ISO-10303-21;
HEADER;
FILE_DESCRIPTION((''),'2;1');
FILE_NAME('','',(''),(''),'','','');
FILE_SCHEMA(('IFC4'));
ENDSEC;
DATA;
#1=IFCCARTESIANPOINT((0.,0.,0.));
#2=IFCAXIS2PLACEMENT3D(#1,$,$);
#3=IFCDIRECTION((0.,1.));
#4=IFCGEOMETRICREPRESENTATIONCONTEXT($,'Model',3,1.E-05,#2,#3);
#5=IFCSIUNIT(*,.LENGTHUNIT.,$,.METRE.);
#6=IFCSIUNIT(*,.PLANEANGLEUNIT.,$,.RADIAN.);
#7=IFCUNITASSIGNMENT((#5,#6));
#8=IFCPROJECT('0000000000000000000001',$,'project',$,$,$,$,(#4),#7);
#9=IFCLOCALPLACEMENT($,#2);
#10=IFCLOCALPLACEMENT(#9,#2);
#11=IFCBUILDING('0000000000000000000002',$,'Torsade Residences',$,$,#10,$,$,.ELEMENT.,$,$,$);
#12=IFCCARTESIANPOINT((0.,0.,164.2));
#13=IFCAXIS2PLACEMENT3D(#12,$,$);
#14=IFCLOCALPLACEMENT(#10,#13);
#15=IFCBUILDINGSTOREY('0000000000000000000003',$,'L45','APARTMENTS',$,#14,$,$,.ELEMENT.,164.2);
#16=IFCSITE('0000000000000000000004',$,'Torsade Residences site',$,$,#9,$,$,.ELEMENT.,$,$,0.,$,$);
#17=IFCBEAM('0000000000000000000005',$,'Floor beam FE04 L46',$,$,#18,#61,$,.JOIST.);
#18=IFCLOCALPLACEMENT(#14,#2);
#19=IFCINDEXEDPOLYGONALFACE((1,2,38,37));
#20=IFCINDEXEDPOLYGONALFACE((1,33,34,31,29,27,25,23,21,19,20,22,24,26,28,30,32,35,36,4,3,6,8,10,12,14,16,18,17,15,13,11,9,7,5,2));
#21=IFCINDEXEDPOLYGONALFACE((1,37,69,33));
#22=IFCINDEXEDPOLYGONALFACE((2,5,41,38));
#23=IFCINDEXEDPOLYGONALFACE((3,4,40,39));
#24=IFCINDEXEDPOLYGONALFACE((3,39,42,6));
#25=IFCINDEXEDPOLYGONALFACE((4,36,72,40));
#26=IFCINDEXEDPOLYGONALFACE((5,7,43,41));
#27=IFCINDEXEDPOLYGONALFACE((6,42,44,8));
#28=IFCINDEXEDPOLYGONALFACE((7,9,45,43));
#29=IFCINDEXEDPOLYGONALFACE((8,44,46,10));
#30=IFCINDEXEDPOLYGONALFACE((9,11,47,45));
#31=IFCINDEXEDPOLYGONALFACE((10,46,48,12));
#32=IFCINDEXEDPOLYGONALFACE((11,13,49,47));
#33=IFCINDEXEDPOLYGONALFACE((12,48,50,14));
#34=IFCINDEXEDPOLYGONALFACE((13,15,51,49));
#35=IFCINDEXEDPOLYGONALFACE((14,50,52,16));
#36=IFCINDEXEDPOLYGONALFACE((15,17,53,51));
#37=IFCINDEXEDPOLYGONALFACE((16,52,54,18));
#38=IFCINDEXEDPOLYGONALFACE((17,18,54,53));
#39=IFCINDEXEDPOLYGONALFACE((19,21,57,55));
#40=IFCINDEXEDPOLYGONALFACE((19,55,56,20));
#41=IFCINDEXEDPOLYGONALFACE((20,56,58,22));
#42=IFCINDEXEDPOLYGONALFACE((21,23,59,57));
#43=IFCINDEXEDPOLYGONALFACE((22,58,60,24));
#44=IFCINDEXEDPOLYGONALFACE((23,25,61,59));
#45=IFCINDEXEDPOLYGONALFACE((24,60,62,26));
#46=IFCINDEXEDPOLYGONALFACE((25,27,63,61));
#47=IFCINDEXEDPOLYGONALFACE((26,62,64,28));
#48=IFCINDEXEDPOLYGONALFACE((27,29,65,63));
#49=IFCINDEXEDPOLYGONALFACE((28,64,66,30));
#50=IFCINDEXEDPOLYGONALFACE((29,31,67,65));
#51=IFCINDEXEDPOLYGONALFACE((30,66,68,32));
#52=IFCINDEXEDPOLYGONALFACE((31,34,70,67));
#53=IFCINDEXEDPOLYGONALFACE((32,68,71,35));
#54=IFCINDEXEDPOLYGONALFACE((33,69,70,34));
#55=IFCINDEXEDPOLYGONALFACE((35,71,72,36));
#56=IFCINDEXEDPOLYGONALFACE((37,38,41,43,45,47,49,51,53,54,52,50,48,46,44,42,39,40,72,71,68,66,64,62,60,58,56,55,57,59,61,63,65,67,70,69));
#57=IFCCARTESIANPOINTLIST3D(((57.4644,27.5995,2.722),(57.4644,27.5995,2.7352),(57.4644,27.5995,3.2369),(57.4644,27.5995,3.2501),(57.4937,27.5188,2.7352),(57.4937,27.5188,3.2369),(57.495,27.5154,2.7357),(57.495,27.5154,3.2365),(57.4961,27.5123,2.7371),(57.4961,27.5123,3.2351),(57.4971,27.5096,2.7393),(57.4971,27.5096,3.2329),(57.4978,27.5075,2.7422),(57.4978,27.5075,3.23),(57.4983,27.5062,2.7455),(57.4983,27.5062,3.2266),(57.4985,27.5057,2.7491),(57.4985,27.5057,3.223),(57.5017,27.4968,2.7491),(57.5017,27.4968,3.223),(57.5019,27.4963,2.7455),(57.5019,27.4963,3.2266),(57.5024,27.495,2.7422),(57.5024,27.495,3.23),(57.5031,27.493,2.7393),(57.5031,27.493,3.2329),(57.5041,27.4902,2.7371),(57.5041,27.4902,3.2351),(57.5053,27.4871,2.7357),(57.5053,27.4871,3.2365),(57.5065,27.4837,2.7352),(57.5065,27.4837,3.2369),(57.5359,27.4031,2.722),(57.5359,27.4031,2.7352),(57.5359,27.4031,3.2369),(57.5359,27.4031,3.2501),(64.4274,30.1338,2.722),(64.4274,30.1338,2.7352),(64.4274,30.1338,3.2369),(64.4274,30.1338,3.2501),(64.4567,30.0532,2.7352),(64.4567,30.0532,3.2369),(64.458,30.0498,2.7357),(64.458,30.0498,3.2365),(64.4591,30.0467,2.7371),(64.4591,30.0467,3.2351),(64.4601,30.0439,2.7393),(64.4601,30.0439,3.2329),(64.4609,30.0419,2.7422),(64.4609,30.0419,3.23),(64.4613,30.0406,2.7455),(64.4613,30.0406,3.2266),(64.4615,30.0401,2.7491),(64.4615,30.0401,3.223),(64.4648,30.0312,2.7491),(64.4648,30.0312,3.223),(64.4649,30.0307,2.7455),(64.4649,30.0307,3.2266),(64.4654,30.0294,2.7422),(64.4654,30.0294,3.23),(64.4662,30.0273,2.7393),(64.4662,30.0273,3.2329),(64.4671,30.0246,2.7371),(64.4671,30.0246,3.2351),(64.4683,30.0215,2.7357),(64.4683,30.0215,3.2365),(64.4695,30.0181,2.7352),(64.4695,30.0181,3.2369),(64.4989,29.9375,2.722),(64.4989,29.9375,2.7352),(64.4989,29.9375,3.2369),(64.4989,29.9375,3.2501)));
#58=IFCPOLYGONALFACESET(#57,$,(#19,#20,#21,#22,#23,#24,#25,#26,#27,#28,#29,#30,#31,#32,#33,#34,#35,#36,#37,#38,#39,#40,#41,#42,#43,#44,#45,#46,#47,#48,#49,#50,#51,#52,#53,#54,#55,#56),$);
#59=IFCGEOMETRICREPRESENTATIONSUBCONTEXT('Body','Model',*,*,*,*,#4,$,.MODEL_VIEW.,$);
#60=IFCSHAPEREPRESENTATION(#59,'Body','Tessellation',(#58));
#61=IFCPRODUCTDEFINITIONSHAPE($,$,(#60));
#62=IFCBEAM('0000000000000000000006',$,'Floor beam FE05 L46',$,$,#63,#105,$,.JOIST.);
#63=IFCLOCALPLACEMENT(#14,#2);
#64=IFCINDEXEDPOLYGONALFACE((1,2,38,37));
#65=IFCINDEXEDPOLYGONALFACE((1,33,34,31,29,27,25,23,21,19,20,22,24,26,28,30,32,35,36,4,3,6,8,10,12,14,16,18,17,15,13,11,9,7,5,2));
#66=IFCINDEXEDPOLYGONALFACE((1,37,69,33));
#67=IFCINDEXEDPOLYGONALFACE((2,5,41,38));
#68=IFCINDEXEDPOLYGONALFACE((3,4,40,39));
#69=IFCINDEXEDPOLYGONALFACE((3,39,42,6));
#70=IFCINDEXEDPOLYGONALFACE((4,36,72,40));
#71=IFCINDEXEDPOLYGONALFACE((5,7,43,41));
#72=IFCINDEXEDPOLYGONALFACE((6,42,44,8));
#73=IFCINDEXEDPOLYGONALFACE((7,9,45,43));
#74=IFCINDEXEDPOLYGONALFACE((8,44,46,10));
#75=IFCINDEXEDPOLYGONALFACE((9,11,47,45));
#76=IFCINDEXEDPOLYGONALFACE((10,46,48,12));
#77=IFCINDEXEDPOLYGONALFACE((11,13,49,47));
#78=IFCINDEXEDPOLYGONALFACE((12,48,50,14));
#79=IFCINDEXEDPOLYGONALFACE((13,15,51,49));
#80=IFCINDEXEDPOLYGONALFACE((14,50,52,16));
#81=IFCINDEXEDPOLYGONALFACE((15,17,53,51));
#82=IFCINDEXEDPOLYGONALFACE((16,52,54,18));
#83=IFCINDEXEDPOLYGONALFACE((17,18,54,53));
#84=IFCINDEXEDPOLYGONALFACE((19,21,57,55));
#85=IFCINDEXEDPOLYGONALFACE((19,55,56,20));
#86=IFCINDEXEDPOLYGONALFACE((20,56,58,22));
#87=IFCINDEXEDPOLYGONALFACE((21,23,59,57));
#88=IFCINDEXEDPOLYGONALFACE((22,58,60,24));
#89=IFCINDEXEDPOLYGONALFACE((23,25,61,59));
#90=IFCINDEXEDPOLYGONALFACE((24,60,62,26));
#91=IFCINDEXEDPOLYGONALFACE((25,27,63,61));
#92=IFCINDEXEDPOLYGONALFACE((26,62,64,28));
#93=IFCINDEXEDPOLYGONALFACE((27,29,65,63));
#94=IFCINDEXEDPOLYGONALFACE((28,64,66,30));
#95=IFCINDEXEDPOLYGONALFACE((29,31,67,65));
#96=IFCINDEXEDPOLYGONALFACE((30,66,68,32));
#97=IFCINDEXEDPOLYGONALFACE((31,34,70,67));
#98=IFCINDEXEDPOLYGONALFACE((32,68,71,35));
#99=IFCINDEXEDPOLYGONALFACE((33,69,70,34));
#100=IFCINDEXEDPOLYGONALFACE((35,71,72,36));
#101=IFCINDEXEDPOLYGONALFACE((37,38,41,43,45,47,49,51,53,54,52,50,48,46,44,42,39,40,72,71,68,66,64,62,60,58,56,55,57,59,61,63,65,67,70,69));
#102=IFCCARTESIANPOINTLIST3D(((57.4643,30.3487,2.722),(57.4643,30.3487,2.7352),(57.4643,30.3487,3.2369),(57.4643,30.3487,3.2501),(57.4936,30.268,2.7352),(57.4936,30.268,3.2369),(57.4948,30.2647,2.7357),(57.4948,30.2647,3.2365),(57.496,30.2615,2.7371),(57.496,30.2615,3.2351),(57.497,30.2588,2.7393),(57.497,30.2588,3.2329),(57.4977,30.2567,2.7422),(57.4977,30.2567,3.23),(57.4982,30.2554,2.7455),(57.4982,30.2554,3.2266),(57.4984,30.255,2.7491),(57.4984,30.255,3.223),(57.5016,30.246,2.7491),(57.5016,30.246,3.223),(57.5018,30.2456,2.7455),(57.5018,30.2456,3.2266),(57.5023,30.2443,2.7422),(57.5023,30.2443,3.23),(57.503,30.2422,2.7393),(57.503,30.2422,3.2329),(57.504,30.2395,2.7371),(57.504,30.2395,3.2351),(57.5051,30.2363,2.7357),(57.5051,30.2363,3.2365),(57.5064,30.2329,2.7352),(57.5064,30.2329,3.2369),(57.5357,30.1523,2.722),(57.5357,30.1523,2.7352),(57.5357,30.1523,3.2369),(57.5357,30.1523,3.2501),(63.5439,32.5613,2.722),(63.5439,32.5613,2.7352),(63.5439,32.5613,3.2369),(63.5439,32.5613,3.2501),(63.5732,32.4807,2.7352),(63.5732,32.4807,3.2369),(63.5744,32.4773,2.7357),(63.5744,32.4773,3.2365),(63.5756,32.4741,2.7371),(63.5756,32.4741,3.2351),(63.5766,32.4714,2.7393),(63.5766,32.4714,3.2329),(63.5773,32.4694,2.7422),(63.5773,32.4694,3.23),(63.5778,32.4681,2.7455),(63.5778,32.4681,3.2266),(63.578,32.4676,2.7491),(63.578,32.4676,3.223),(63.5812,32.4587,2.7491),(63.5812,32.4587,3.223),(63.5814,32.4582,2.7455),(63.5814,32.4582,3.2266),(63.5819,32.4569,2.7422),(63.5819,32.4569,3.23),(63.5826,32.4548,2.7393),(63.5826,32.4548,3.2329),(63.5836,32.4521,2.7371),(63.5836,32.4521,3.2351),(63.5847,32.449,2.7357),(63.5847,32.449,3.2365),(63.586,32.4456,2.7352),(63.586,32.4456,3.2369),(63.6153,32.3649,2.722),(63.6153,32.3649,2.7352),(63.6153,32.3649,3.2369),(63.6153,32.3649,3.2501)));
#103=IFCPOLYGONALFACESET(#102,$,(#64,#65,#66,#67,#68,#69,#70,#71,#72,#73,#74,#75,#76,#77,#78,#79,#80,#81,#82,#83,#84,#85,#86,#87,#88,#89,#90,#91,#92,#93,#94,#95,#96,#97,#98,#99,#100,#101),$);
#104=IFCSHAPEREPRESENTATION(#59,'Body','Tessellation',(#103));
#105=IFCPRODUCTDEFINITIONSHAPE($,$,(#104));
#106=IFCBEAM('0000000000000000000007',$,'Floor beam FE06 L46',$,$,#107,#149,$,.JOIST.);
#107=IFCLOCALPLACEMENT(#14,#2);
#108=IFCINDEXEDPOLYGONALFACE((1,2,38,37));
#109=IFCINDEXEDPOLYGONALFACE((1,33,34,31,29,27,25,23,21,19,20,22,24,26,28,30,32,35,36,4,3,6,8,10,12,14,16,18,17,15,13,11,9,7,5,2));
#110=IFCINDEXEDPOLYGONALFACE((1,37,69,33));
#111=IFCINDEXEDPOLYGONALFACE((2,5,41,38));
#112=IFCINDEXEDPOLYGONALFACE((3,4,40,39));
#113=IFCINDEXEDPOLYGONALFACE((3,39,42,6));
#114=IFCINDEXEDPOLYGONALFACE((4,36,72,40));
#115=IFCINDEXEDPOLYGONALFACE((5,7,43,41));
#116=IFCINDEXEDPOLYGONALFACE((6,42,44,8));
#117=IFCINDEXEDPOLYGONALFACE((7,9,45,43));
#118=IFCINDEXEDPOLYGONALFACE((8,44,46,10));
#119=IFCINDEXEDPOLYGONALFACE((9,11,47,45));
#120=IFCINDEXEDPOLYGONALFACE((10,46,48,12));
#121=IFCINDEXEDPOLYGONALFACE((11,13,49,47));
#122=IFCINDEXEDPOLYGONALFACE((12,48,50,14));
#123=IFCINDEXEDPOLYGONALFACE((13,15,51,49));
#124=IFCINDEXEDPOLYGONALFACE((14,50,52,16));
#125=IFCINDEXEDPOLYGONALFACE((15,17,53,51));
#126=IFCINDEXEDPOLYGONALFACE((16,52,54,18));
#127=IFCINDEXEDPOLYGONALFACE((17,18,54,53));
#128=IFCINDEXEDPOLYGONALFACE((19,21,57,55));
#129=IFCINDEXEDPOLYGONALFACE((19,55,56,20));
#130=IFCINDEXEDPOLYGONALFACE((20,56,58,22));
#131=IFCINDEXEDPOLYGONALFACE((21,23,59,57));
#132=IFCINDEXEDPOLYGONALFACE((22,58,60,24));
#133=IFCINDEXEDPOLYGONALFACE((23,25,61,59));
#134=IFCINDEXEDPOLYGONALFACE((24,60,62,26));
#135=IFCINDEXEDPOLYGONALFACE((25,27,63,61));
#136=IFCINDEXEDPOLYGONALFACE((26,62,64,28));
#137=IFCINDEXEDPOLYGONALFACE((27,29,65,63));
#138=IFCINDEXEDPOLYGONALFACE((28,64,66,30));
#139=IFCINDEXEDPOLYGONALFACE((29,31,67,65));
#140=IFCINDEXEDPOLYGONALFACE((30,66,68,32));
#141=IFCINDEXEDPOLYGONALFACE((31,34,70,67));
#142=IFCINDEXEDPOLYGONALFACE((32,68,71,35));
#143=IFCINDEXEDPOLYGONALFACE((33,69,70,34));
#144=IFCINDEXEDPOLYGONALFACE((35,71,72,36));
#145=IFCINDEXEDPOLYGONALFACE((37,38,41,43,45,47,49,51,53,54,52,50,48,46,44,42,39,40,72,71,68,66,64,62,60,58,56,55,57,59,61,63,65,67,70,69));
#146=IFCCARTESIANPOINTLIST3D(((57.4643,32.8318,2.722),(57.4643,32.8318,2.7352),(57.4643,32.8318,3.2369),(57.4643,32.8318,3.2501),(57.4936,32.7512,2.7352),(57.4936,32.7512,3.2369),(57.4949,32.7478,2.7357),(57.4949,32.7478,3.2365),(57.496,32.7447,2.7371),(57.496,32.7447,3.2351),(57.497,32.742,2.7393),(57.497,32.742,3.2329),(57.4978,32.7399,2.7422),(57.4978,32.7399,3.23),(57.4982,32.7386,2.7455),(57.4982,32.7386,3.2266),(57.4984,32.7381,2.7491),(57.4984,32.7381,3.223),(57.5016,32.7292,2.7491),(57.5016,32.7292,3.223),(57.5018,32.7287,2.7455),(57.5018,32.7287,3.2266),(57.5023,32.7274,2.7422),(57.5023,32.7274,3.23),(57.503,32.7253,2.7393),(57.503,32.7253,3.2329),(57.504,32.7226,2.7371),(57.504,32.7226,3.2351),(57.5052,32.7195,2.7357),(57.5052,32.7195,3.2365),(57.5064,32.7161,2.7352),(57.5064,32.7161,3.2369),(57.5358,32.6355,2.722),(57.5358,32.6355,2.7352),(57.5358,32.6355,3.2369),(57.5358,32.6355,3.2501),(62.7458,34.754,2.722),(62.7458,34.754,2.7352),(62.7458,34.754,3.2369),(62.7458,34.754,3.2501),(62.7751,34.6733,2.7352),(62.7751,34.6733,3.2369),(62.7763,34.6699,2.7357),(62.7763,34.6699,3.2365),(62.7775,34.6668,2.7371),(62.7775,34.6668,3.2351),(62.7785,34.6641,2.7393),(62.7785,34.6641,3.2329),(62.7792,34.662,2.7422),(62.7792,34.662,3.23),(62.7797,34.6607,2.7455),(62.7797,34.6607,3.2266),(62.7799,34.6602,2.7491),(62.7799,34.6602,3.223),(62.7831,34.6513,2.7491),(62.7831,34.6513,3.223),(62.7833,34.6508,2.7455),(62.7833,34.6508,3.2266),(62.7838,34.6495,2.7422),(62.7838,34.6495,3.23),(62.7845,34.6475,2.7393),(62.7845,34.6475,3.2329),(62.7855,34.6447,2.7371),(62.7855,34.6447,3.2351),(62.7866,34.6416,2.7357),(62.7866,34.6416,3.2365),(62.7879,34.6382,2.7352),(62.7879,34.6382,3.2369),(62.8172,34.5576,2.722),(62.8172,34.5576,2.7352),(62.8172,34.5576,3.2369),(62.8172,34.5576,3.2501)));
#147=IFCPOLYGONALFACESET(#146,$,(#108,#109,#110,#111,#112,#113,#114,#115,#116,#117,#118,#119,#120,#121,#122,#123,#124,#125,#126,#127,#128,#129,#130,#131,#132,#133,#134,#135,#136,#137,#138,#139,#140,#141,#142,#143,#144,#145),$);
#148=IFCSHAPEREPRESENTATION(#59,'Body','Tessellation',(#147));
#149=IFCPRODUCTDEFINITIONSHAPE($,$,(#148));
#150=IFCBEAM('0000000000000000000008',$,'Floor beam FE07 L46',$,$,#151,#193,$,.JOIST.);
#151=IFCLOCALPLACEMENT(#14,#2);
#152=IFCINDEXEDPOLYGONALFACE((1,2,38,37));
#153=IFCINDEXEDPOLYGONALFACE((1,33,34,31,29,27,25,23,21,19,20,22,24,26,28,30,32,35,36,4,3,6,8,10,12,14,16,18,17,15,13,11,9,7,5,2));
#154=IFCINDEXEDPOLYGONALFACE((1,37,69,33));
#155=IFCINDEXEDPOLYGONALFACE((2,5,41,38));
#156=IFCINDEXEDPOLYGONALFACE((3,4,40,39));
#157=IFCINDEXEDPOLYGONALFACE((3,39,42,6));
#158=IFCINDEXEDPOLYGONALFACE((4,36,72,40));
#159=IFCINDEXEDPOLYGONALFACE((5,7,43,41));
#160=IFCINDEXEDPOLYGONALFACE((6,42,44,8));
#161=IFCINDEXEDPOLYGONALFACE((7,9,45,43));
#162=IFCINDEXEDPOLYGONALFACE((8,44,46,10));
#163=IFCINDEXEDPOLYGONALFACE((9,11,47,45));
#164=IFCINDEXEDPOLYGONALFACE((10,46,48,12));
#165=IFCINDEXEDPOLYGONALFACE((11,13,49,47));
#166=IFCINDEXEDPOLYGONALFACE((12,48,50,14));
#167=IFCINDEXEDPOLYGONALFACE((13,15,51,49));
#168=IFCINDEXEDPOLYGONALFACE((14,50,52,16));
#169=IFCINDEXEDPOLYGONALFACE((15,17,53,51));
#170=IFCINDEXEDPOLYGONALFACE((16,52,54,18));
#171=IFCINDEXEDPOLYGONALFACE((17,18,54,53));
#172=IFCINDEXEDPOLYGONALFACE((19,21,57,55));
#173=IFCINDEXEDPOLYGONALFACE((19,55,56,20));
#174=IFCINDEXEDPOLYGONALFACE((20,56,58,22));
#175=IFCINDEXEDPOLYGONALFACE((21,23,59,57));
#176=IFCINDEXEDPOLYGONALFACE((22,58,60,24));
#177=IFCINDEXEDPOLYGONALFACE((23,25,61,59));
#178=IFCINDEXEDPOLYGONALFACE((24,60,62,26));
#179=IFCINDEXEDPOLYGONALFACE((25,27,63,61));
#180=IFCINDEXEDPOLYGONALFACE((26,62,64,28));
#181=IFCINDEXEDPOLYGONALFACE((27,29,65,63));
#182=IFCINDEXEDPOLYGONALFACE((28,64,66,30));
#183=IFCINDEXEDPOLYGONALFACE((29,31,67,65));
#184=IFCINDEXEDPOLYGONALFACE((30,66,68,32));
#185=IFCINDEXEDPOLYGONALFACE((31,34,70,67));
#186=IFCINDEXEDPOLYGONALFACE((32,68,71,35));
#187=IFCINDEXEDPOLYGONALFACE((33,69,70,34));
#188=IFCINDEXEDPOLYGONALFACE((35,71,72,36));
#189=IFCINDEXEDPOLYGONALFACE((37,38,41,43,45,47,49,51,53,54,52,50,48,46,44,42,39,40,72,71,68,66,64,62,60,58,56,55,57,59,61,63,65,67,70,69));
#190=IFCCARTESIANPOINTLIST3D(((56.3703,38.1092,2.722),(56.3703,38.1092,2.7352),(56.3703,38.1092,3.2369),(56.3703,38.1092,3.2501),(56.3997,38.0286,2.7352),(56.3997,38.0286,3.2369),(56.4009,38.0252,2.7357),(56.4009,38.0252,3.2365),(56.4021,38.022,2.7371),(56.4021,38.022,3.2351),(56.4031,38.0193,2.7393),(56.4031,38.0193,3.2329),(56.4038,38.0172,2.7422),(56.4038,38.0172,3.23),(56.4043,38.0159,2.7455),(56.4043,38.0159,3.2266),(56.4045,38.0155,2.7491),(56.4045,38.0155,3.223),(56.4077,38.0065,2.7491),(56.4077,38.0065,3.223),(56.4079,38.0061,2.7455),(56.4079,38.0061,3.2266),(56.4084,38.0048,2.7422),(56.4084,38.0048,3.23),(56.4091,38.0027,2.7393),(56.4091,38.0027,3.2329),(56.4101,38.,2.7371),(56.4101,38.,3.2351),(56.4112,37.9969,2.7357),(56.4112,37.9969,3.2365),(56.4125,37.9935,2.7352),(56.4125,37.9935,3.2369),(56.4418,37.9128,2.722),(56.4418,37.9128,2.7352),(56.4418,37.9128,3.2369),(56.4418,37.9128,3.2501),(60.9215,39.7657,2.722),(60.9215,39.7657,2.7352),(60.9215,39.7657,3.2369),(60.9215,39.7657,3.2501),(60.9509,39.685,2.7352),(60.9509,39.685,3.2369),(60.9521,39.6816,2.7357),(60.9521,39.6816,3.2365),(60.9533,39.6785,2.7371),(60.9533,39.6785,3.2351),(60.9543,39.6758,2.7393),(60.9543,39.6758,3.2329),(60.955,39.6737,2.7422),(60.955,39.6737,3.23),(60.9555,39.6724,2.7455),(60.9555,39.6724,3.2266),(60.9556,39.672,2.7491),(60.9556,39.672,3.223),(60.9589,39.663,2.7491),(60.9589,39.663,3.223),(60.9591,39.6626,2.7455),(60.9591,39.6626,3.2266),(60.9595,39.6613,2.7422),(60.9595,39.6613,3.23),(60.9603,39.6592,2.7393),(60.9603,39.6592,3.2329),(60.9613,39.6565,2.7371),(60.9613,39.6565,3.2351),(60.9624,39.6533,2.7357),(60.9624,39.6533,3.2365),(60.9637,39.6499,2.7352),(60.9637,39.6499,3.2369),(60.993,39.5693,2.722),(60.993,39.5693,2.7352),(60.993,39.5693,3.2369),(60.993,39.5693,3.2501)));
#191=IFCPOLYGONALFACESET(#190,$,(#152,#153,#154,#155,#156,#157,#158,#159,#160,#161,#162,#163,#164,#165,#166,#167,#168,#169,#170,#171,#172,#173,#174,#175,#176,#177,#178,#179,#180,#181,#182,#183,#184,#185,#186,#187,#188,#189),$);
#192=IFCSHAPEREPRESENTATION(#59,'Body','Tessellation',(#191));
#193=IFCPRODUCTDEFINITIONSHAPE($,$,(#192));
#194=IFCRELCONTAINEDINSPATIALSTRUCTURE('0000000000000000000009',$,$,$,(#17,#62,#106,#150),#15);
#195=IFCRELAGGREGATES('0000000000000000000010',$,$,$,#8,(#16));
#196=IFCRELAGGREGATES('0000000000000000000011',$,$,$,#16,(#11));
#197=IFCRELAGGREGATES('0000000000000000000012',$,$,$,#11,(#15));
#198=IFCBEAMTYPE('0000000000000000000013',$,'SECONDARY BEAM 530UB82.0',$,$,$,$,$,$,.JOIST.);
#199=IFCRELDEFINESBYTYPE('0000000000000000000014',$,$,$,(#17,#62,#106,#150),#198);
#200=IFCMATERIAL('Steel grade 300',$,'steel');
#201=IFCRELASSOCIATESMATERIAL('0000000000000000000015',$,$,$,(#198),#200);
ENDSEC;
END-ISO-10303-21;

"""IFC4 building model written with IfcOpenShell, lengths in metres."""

from ifc_helpers import new_model, si_unit, direction, frame, origin, origin_2d, place, context, subcontext, project, spatial, i_section, extrude, material, material_profile, profile_set, type_object, element, save


model = new_model("IFC4")

# Units and contexts
model_context = context("Model", 3, precision=1e-05, world=origin(), true_north=direction((0.0, 1.0)))
body_context = subcontext(model_context, "Body", "Model", "MODEL_VIEW")
ifc_project = project(units=[si_unit("LENGTHUNIT", "METRE"), si_unit("PLANEANGLEUNIT", "RADIAN")], contexts=[model_context])

# Site, building, storey
site_placement = place(None, origin())
site = spatial("IfcSite", under=ifc_project, at=site_placement, Name="Torsade Residences site", CompositionType="ELEMENT", RefElevation=0.0)
building_placement = place(site_placement, origin())
building = spatial("IfcBuilding", under=site, at=building_placement, Name="Torsade Residences", CompositionType="ELEMENT")
storey_placement = place(building_placement, frame((0.0, 0.0, 164.2)))
storey = spatial("IfcBuildingStorey", under=building, at=storey_placement, Name="L45", Description="APARTMENTS", CompositionType="ELEMENT", Elevation=164.2)

# Beams
ifc_material_1 = material(Name="Steel grade 300", Category="steel")
ifc_material_profile_1 = material_profile(ifc_material_1, i_section(OverallWidth=0.209, OverallDepth=0.5281, WebThickness=0.0095, FlangeThickness=0.0132, FilletRadius=0.0139, at=origin_2d()), Name="530UB82.0")
ifc_profile_set_1 = profile_set([ifc_material_profile_1], Name="Steel grade 300")
beam_type_1 = type_object("IfcBeamType", Name="SECONDARY BEAM 530UB82.0", PredefinedType="JOIST", material=ifc_profile_set_1)
beam_1_placement = place(storey_placement, frame((64.4631, 30.0356, 2.9861), z_axis=(-0.93969, -0.342026, 0.0), x_axis=(0.342026, -0.93969, 0.0)))
element("IfcBeam", 1, at=beam_1_placement, inside=storey, type_object=beam_type_1, Name="Floor beam FE04 L46", PredefinedType="JOIST", context=body_context, shape_type="SweptSolid", body=[
    extrude(i_section(OverallWidth=0.209, OverallDepth=0.5281, WebThickness=0.0095, FlangeThickness=0.0132, FilletRadius=0.0139, at=origin_2d()), origin(), (0.0, 0.0, 1.0), 7.4099),
])
beam_2_placement = place(storey_placement, frame((63.5796, 32.4631, 2.9861), z_axis=(-0.9397, -0.342001, 0.0), x_axis=(0.342001, -0.9397, 0.0)))
element("IfcBeam", 2, at=beam_2_placement, inside=storey, type_object=beam_type_1, Name="Floor beam FE05 L46", PredefinedType="JOIST", context=body_context, shape_type="SweptSolid", body=[
    extrude(i_section(OverallWidth=0.209, OverallDepth=0.5281, WebThickness=0.0095, FlangeThickness=0.0132, FilletRadius=0.0139, at=origin_2d()), origin(), (0.0, 0.0, 1.0), 6.4697),
])
beam_3_placement = place(storey_placement, frame((62.7815, 34.6558, 2.9861), z_axis=(-0.939703, -0.341991, 0.0), x_axis=(0.341991, -0.939703, 0.0)))
element("IfcBeam", 3, at=beam_3_placement, inside=storey, type_object=beam_type_1, Name="Floor beam FE06 L46", PredefinedType="JOIST", context=body_context, shape_type="SweptSolid", body=[
    extrude(i_section(OverallWidth=0.209, OverallDepth=0.5281, WebThickness=0.0095, FlangeThickness=0.0132, FilletRadius=0.0139, at=origin_2d()), origin(), (0.0, 0.0, 1.0), 5.6204),
])
beam_4_placement = place(storey_placement, frame((60.9573, 39.6675, 2.9861), z_axis=(-0.939695, -0.342014, 0.0), x_axis=(0.342014, -0.939695, 0.0)))
element("IfcBeam", 4, at=beam_4_placement, inside=storey, type_object=beam_type_1, Name="Floor beam FE07 L46", PredefinedType="JOIST", context=body_context, shape_type="SweptSolid", body=[
    extrude(i_section(OverallWidth=0.209, OverallDepth=0.5281, WebThickness=0.0095, FlangeThickness=0.0132, FilletRadius=0.0139, at=origin_2d()), origin(), (0.0, 0.0, 1.0), 4.8433),
])

save(model, "model.ifc")
